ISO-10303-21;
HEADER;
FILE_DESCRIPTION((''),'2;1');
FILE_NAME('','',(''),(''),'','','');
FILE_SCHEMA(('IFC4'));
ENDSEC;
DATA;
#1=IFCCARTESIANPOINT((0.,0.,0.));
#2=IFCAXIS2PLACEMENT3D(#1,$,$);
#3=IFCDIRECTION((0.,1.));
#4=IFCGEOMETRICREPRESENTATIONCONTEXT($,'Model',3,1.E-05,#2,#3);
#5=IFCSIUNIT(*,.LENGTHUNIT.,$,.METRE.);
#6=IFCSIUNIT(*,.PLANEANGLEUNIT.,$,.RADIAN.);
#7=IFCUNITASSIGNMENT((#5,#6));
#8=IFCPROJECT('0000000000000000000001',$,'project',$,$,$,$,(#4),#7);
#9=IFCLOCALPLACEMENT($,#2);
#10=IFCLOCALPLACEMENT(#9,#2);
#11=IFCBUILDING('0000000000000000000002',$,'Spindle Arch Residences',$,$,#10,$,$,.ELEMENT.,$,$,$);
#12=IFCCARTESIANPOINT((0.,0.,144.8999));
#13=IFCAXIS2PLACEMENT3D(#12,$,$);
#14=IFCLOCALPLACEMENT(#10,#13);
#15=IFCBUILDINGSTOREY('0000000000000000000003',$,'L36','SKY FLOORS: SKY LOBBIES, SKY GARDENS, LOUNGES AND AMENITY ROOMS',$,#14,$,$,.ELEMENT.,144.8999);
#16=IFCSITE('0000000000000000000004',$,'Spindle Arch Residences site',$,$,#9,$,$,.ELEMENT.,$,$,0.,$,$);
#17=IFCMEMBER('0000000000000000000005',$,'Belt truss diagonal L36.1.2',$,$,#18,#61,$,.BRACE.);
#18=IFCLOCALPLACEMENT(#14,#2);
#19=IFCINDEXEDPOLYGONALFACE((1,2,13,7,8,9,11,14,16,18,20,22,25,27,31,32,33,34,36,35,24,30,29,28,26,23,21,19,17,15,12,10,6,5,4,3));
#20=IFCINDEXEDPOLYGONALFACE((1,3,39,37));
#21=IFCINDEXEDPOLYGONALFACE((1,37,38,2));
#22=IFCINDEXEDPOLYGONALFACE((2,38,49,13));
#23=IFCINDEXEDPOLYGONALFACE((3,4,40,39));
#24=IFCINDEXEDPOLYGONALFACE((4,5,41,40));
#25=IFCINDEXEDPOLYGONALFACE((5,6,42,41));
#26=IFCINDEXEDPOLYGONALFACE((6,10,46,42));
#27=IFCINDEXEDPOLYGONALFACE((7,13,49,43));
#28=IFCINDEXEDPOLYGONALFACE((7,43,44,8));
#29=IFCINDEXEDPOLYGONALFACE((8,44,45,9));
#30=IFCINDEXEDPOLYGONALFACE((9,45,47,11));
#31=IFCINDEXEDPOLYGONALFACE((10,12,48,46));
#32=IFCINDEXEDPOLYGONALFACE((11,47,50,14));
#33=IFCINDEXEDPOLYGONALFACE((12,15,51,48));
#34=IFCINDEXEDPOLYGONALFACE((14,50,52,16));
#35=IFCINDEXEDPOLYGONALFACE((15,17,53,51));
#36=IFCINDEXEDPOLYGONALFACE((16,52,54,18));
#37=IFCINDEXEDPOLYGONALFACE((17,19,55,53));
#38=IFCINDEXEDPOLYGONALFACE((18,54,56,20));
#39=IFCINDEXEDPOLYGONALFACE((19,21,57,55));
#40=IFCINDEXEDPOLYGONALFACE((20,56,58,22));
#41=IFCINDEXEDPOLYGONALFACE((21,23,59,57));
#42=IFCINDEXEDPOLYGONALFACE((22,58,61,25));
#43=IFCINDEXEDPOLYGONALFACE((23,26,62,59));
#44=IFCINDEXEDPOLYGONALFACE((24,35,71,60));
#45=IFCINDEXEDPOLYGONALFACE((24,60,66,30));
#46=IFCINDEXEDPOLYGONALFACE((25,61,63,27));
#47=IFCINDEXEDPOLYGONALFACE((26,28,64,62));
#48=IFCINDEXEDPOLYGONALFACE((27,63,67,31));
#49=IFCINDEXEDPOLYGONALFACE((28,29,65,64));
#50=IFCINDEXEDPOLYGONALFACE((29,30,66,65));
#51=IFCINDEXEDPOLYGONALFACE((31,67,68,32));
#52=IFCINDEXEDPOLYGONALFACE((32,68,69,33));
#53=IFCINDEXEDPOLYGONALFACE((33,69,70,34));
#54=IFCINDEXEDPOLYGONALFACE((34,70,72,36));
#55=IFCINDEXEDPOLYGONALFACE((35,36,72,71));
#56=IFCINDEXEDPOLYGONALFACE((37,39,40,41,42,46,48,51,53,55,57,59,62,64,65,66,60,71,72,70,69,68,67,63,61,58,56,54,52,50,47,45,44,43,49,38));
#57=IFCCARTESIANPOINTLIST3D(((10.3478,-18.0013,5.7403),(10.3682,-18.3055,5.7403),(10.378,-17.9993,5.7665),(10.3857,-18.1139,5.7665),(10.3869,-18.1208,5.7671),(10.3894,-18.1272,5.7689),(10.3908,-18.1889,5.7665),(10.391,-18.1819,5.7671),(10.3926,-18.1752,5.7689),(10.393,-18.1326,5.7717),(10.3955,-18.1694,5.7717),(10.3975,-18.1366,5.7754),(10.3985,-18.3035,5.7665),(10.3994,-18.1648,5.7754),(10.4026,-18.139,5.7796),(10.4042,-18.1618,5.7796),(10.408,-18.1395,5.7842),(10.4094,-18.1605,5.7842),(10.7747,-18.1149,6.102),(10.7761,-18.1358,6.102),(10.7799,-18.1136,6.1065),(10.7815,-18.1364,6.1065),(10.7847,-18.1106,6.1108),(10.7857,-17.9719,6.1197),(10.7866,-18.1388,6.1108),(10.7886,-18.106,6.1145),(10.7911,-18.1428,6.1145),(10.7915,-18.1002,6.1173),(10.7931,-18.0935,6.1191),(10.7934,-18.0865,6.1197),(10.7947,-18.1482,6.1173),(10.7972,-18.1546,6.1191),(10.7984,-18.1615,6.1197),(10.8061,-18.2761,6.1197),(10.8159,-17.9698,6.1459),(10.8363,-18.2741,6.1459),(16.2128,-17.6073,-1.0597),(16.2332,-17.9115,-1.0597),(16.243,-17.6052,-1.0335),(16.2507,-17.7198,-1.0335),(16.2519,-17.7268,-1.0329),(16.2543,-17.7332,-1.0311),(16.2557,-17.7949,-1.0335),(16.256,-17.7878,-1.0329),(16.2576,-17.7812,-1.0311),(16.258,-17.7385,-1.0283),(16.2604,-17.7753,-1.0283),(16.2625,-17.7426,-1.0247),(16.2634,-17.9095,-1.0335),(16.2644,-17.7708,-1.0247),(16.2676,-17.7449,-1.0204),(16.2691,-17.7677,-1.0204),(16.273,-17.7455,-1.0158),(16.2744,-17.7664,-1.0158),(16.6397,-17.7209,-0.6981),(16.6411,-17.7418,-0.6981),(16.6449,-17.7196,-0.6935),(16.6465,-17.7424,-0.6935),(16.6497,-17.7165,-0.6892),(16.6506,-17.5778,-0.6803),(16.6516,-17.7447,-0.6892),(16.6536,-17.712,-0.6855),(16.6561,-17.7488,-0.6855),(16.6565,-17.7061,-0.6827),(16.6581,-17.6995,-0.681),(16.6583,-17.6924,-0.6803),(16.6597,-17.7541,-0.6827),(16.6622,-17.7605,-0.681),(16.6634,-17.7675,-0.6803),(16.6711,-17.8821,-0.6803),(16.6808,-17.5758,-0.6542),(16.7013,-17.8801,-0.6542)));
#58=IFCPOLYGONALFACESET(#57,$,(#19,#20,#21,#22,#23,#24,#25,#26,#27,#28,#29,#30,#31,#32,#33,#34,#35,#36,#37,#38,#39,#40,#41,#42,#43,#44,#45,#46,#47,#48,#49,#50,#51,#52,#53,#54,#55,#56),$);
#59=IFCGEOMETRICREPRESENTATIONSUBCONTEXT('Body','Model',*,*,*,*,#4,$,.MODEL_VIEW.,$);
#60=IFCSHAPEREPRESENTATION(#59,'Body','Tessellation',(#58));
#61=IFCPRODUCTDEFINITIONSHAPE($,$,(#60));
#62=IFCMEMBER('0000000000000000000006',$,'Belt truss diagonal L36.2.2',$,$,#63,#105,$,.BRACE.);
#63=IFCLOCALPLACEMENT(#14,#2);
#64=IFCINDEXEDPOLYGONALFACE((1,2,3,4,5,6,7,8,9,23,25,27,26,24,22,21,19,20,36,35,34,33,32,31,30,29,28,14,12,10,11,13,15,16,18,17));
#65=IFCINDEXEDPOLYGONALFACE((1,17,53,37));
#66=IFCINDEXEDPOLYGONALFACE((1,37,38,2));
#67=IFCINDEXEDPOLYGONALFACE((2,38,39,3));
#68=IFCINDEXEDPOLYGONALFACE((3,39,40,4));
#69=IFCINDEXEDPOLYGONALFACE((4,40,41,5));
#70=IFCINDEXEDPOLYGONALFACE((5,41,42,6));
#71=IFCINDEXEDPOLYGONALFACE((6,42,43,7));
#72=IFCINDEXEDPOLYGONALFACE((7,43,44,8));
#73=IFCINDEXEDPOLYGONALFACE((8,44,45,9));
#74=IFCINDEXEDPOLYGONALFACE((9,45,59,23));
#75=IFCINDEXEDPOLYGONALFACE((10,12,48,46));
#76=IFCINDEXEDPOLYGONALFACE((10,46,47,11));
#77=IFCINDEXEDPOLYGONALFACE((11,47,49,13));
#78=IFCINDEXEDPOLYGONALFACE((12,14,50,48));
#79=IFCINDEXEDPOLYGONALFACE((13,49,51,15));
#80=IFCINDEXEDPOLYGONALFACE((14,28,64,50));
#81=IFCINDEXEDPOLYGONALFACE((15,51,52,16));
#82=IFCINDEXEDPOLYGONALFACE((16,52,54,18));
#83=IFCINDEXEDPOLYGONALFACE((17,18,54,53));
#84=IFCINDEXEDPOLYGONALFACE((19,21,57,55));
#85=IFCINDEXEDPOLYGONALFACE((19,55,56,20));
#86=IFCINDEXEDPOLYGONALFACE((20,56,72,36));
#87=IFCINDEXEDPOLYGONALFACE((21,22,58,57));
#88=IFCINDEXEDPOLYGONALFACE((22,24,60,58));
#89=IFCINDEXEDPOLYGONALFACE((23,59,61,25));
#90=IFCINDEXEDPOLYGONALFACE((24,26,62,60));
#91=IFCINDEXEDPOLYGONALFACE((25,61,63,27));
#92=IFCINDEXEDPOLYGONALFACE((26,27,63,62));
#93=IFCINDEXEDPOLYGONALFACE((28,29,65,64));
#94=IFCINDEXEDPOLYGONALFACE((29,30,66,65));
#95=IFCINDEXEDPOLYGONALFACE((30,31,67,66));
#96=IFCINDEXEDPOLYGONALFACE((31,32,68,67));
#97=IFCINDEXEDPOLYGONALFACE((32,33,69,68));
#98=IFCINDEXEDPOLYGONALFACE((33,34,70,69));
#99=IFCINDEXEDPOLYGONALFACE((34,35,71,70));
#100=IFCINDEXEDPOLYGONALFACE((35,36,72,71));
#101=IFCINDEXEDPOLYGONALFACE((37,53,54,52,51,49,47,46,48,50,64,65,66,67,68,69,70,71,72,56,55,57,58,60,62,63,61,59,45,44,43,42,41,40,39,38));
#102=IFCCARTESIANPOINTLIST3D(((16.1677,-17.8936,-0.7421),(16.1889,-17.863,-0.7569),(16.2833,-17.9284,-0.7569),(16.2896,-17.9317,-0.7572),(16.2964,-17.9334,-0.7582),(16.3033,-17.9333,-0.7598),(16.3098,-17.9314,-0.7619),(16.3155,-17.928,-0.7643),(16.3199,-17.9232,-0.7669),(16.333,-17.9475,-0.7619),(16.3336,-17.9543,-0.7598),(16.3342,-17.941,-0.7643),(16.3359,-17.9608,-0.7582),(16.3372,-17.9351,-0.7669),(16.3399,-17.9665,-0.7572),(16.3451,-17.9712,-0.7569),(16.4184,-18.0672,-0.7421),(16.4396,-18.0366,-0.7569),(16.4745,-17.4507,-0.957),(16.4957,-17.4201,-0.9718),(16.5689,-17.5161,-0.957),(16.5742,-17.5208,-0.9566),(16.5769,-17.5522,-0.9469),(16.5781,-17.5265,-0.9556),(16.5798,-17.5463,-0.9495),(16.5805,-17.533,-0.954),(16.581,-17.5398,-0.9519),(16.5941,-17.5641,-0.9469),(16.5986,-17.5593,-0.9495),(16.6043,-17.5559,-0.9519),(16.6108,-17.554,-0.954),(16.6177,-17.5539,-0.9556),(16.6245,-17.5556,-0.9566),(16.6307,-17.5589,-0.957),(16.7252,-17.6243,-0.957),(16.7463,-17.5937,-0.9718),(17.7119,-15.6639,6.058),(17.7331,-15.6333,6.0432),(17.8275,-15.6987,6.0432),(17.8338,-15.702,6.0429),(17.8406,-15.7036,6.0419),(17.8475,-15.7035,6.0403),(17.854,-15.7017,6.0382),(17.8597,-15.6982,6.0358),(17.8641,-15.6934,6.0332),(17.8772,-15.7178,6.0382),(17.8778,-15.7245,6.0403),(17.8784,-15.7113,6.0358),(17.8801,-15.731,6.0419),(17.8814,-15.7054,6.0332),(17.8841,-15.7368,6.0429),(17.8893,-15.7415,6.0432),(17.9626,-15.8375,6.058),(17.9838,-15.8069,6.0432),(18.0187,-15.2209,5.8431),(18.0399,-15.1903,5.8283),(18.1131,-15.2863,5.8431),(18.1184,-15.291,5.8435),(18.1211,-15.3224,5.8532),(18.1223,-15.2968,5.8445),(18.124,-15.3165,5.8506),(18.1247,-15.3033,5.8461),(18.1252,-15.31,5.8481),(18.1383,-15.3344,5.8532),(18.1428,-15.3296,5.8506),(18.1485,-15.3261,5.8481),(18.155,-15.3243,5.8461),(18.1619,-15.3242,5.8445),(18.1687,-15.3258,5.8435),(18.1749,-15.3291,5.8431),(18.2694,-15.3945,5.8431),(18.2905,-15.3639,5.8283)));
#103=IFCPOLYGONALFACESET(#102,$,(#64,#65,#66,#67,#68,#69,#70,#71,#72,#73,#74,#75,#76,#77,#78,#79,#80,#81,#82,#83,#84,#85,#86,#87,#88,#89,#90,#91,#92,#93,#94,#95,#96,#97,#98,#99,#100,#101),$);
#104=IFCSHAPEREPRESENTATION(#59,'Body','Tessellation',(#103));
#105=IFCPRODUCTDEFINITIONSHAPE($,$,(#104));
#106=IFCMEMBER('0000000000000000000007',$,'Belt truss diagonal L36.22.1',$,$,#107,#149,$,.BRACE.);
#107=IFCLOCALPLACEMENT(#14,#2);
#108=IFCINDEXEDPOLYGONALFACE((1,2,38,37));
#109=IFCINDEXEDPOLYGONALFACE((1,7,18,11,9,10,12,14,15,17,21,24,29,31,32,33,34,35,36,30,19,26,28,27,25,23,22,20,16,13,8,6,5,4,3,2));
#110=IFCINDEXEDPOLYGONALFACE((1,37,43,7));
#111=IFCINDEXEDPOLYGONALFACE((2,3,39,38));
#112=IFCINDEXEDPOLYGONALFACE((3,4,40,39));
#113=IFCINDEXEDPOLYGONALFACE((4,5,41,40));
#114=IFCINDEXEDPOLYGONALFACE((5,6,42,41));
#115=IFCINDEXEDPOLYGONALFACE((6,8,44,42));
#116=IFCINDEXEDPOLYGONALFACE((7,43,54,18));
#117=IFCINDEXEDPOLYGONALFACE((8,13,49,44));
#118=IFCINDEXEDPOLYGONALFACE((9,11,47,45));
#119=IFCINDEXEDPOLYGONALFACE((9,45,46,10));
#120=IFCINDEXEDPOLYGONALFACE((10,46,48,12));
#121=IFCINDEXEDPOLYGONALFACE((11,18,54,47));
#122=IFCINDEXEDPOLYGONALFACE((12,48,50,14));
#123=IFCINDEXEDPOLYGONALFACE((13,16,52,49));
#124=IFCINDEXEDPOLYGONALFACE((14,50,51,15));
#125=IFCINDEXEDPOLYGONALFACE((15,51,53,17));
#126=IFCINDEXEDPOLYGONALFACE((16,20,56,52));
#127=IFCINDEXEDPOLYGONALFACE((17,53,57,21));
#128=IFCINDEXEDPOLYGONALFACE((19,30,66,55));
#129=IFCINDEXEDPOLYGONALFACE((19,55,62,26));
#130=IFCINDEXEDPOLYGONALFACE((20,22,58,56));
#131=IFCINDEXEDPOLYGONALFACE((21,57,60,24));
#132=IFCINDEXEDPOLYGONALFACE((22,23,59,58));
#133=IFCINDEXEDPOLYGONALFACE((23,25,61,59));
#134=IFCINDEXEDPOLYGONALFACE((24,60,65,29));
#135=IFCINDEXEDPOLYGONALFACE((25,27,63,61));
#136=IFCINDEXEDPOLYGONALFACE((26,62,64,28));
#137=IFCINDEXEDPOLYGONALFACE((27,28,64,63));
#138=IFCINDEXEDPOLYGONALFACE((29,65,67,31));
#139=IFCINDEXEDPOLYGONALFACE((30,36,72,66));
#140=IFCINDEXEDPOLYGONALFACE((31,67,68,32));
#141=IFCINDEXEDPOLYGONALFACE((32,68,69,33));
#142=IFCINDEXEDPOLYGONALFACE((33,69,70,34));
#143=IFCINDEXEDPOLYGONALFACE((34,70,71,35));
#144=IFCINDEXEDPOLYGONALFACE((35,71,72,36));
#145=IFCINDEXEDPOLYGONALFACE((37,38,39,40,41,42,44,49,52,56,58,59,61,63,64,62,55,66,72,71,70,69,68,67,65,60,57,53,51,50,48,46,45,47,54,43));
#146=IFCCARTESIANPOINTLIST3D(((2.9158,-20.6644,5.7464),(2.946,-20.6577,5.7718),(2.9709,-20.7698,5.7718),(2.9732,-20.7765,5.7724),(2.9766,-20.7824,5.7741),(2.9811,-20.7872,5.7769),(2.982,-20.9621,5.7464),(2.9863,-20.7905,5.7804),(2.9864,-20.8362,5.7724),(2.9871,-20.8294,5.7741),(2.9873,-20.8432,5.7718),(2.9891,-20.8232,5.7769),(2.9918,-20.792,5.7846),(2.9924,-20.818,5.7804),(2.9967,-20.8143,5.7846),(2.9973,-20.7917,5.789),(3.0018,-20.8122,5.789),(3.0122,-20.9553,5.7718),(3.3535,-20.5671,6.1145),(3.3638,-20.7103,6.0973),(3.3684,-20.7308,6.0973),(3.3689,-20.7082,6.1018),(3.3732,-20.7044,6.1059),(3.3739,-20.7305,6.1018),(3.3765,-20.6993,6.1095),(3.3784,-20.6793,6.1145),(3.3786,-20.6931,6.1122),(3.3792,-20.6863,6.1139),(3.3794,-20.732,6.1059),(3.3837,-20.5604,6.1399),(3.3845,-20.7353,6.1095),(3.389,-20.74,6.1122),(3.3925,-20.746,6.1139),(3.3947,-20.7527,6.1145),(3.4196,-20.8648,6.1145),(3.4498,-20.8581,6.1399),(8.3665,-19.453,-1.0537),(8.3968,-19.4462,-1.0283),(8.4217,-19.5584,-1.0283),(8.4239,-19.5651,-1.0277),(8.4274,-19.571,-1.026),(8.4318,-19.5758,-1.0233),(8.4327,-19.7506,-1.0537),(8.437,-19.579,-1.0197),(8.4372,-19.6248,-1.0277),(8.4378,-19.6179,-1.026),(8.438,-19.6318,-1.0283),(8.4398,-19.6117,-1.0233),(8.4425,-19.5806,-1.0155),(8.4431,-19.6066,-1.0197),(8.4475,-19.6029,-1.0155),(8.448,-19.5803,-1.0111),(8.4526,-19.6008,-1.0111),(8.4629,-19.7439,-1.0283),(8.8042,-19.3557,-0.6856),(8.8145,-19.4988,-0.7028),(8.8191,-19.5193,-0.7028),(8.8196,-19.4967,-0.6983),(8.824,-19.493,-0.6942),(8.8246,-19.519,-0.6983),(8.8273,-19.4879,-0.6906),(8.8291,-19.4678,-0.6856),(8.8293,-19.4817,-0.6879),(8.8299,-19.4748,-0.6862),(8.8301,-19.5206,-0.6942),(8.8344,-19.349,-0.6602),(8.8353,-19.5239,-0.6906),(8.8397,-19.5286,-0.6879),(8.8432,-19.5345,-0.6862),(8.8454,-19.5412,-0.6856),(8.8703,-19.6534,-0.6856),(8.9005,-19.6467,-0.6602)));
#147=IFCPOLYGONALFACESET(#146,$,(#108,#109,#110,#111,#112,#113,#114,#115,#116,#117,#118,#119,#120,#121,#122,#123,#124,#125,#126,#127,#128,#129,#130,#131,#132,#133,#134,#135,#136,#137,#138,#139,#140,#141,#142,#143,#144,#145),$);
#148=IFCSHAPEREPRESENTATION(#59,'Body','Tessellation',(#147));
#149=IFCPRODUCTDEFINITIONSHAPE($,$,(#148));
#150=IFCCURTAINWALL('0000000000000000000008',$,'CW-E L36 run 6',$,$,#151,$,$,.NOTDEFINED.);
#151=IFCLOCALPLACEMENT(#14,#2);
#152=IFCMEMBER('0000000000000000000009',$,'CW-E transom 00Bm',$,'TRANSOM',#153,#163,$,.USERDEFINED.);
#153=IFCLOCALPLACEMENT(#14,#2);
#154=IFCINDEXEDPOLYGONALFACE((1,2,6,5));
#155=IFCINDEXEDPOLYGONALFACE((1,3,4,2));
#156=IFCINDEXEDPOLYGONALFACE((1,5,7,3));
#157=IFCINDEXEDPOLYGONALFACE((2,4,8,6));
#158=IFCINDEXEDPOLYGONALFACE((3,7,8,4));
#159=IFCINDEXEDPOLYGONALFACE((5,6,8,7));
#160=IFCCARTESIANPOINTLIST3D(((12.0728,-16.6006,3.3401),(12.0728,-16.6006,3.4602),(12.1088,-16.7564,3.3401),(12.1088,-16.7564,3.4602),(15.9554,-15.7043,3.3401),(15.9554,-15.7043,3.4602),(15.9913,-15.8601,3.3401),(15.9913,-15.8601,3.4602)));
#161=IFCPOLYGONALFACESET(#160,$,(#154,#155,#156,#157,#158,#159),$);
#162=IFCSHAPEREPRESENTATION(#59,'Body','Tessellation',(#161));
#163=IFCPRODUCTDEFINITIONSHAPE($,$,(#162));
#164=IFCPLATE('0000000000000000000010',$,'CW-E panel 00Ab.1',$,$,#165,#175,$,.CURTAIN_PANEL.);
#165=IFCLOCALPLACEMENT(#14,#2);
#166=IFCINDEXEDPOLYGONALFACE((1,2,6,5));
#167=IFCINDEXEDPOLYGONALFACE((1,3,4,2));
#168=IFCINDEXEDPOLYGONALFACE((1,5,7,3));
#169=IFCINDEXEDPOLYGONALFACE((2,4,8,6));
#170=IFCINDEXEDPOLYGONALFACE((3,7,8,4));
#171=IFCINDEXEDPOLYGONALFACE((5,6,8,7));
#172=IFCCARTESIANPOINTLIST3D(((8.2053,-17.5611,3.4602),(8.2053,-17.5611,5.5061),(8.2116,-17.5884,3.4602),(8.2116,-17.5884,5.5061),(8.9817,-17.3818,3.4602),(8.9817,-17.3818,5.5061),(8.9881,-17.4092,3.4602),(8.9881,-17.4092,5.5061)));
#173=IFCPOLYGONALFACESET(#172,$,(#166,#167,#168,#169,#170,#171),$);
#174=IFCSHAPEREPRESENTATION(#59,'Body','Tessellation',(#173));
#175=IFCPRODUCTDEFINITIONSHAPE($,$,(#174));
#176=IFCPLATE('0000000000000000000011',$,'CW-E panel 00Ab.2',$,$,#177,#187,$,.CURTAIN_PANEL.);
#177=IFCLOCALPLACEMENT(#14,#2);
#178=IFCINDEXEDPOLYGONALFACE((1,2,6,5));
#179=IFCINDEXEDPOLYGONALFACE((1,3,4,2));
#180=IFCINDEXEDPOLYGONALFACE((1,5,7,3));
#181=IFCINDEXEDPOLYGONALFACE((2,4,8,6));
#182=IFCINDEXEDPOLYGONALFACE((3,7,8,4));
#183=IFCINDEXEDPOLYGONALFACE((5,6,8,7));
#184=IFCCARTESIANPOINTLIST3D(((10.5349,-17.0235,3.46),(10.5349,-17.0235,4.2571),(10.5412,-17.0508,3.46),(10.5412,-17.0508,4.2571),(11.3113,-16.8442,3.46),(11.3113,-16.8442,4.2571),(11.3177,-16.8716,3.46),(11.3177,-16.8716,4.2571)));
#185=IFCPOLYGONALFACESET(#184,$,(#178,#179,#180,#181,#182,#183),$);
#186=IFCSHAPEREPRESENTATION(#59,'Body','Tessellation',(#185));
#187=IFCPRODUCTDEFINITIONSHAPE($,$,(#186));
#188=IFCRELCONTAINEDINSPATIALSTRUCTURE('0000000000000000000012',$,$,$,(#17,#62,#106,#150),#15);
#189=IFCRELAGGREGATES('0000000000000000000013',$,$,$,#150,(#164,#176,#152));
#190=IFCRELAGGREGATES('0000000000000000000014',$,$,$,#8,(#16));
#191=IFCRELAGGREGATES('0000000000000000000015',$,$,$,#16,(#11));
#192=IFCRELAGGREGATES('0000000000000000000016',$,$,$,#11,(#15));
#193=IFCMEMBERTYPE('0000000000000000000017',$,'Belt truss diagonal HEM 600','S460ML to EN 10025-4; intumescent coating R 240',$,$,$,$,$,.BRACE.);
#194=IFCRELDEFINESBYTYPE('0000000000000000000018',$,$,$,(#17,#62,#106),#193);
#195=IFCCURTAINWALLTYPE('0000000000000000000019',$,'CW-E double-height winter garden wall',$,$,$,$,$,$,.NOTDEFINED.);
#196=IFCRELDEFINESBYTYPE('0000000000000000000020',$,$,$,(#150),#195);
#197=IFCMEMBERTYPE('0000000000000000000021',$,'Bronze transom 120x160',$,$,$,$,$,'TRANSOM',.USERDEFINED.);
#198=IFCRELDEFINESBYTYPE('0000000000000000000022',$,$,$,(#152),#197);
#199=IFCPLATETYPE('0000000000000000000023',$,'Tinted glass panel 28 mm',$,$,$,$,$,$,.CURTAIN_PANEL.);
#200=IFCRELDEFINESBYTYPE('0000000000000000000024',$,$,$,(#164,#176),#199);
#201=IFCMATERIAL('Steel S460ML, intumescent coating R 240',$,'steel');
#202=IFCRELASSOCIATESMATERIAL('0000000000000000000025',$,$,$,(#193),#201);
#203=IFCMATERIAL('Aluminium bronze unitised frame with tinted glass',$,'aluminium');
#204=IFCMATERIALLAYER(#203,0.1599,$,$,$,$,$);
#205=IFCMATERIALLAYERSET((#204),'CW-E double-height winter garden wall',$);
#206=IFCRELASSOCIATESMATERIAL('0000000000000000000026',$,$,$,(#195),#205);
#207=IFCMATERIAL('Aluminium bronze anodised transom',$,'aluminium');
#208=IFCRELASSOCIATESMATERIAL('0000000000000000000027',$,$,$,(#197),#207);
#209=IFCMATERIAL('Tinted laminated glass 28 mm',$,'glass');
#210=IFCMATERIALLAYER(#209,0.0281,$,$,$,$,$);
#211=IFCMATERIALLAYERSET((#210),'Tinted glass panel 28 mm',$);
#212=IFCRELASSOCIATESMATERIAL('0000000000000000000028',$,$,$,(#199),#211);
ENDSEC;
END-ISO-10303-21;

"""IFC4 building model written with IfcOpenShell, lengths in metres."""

from ifc_helpers import new_model, si_unit, direction, frame, origin, origin_2d, place, context, subcontext, project, spatial, rectangle, i_section, extrude, material, layer, layer_set, material_profile, profile_set, type_object, element, aggregate, save


model = new_model("IFC4")

# Units and contexts
model_context = context("Model", 3, precision=1e-05, world=origin(), true_north=direction((0.0, 1.0)))
body_context = subcontext(model_context, "Body", "Model", "MODEL_VIEW")
ifc_project = project(units=[si_unit("LENGTHUNIT", "METRE"), si_unit("PLANEANGLEUNIT", "RADIAN")], contexts=[model_context])

# Site, building, storey
site_placement = place(None, origin())
site = spatial("IfcSite", under=ifc_project, at=site_placement, Name="Spindle Arch Residences site", CompositionType="ELEMENT", RefElevation=0.0)
building_placement = place(site_placement, origin())
building = spatial("IfcBuilding", under=site, at=building_placement, Name="Spindle Arch Residences", CompositionType="ELEMENT")
storey_placement = place(building_placement, frame((0.0, 0.0, 144.8999)))
storey = spatial("IfcBuildingStorey", under=building, at=storey_placement, Name="L36", Description="SKY FLOORS: SKY LOBBIES, SKY GARDENS, LOUNGES AND AMENITY ROOMS", CompositionType="ELEMENT", Elevation=144.8999)

# Members
ifc_material_1 = material(Name="Steel S460ML, intumescent coating R 240", Category="steel")
ifc_material_profile_1 = material_profile(ifc_material_1, i_section(OverallWidth=0.3049, OverallDepth=0.6201, WebThickness=0.021, FlangeThickness=0.04, FilletRadius=0.0271, at=origin_2d()), Name="HEM 600")
ifc_profile_set_1 = profile_set([ifc_material_profile_1], Name="Steel S460ML, intumescent coating R 240")
member_type_1 = type_object("IfcMemberType", Name="Belt truss diagonal HEM 600", Description="S460ML to EN 10025-4; intumescent coating R 240", PredefinedType="BRACE", material=ifc_profile_set_1)
member_1_placement = place(storey_placement, frame((16.457, -17.7437, -0.8569), z_axis=(-0.652496, -0.043838, 0.756523), x_axis=(0.067034, -0.997751, 0.0)))
element("IfcMember", 1, at=member_1_placement, inside=storey, type_object=member_type_1, Name="Belt truss diagonal L36.1.2", PredefinedType="BRACE", context=body_context, shape_type="SweptSolid", body=[
    extrude(i_section(OverallWidth=0.3049, OverallDepth=0.6201, WebThickness=0.021, FlangeThickness=0.04, FilletRadius=0.0271, at=origin_2d()), origin(), (0.0, 0.0, 1.0), 8.9885),
])
member_2_placement = place(storey_placement, frame((16.457, -17.7437, -0.8569), z_axis=(0.210926, 0.304568, 0.928843), x_axis=(-0.822101, 0.569341, 0.0)))
element("IfcMember", 2, at=member_2_placement, inside=storey, type_object=member_type_1, Name="Belt truss diagonal L36.2.2", PredefinedType="BRACE", context=body_context, shape_type="SweptSolid", body=[
    extrude(i_section(OverallWidth=0.3049, OverallDepth=0.6201, WebThickness=0.021, FlangeThickness=0.04, FilletRadius=0.0271, at=origin_2d()), origin(), (0.0, 0.0, 1.0), 7.321),
])
member_3_placement = place(storey_placement, frame((8.6335, -19.5498, -0.8569), z_axis=(-0.619483, -0.137681, 0.772842), x_axis=(0.216958, -0.976181, 0.0)))
element("IfcMember", 3, at=member_3_placement, inside=storey, type_object=member_type_1, Name="Belt truss diagonal L36.22.1", PredefinedType="BRACE", context=body_context, shape_type="SweptSolid", body=[
    extrude(i_section(OverallWidth=0.3049, OverallDepth=0.6201, WebThickness=0.021, FlangeThickness=0.04, FilletRadius=0.0271, at=origin_2d()), origin(), (0.0, 0.0, 1.0), 8.7988),
])

# Curtain wall, member, plates
ifc_material_2 = material(Name="Aluminium bronze unitised frame with tinted glass", Category="aluminium")
ifc_layer_1 = layer(ifc_material_2, 0.1599)
ifc_layer_set_1 = layer_set([ifc_layer_1], Name="CW-E double-height winter garden wall")
curtain_wall_type = type_object("IfcCurtainWallType", Name="CW-E double-height winter garden wall", PredefinedType="NOTDEFINED", material=ifc_layer_set_1)
curtain_wall_placement = place(storey_placement, origin())
curtain_wall = element("IfcCurtainWall", 4, at=curtain_wall_placement, inside=storey, type_object=curtain_wall_type, Name="CW-E L36 run 6", PredefinedType="NOTDEFINED")
ifc_material_3 = material(Name="Aluminium bronze anodised transom", Category="aluminium")
ifc_material_profile_2 = material_profile(ifc_material_3, rectangle(XDim=0.1599, YDim=0.1201, at=origin_2d()), Name="TR 120x160")
ifc_profile_set_2 = profile_set([ifc_material_profile_2], Name="Aluminium bronze anodised transom")
member_type_2 = type_object("IfcMemberType", Name="Bronze transom 120x160", ElementType="TRANSOM", PredefinedType="USERDEFINED", material=ifc_profile_set_2)
member_4_placement = place(storey_placement, frame((12.0908, -16.6785, 3.4001), z_axis=(0.974377, 0.224922, 0.0), x_axis=(-0.224922, 0.974377, 0.0)))
member_4 = element("IfcMember", 5, at=member_4_placement, type_object=member_type_2, Name="CW-E transom 00Bm", ObjectType="TRANSOM", PredefinedType="USERDEFINED", context=body_context, shape_type="SweptSolid", body=[
    extrude(rectangle(XDim=0.1599, YDim=0.1201, at=origin_2d()), origin(), (0.0, 0.0, 1.0), 3.9846),
])
ifc_material_4 = material(Name="Tinted laminated glass 28 mm", Category="glass")
ifc_layer_2 = layer(ifc_material_4, 0.0281)
ifc_layer_set_2 = layer_set([ifc_layer_2], Name="Tinted glass panel 28 mm")
plate_type_1 = type_object("IfcPlateType", Name="Tinted glass panel 28 mm", PredefinedType="CURTAIN_PANEL", material=ifc_layer_set_2)
plate_1_placement = place(storey_placement, frame((8.5967, -17.4851, 3.4602), z_axis=(0.0, 0.0, 1.0), x_axis=(0.97437, 0.224951, 0.0)))
plate_1 = element("IfcPlate", 6, at=plate_1_placement, type_object=plate_type_1, Name="CW-E panel 00Ab.1", PredefinedType="CURTAIN_PANEL", context=body_context, shape_type="SweptSolid", body=[
    extrude(rectangle(XDim=0.7969, YDim=0.0281, at=origin_2d()), origin(), (0.0, 0.0, 1.0), 2.0459),
])
plate_2_placement = place(storey_placement, frame((10.9263, -16.9475, 3.46), z_axis=(0.0, 0.0, 1.0), x_axis=(0.97437, 0.224951, 0.0)))
plate_2 = element("IfcPlate", 7, at=plate_2_placement, type_object=plate_type_1, Name="CW-E panel 00Ab.2", PredefinedType="CURTAIN_PANEL", context=body_context, shape_type="SweptSolid", body=[
    extrude(rectangle(XDim=0.7969, YDim=0.0281, at=origin_2d()), origin(), (0.0, 0.0, 1.0), 0.7971),
])
aggregate(curtain_wall, [plate_1, plate_2, member_4])

save(model, "model.ifc")
